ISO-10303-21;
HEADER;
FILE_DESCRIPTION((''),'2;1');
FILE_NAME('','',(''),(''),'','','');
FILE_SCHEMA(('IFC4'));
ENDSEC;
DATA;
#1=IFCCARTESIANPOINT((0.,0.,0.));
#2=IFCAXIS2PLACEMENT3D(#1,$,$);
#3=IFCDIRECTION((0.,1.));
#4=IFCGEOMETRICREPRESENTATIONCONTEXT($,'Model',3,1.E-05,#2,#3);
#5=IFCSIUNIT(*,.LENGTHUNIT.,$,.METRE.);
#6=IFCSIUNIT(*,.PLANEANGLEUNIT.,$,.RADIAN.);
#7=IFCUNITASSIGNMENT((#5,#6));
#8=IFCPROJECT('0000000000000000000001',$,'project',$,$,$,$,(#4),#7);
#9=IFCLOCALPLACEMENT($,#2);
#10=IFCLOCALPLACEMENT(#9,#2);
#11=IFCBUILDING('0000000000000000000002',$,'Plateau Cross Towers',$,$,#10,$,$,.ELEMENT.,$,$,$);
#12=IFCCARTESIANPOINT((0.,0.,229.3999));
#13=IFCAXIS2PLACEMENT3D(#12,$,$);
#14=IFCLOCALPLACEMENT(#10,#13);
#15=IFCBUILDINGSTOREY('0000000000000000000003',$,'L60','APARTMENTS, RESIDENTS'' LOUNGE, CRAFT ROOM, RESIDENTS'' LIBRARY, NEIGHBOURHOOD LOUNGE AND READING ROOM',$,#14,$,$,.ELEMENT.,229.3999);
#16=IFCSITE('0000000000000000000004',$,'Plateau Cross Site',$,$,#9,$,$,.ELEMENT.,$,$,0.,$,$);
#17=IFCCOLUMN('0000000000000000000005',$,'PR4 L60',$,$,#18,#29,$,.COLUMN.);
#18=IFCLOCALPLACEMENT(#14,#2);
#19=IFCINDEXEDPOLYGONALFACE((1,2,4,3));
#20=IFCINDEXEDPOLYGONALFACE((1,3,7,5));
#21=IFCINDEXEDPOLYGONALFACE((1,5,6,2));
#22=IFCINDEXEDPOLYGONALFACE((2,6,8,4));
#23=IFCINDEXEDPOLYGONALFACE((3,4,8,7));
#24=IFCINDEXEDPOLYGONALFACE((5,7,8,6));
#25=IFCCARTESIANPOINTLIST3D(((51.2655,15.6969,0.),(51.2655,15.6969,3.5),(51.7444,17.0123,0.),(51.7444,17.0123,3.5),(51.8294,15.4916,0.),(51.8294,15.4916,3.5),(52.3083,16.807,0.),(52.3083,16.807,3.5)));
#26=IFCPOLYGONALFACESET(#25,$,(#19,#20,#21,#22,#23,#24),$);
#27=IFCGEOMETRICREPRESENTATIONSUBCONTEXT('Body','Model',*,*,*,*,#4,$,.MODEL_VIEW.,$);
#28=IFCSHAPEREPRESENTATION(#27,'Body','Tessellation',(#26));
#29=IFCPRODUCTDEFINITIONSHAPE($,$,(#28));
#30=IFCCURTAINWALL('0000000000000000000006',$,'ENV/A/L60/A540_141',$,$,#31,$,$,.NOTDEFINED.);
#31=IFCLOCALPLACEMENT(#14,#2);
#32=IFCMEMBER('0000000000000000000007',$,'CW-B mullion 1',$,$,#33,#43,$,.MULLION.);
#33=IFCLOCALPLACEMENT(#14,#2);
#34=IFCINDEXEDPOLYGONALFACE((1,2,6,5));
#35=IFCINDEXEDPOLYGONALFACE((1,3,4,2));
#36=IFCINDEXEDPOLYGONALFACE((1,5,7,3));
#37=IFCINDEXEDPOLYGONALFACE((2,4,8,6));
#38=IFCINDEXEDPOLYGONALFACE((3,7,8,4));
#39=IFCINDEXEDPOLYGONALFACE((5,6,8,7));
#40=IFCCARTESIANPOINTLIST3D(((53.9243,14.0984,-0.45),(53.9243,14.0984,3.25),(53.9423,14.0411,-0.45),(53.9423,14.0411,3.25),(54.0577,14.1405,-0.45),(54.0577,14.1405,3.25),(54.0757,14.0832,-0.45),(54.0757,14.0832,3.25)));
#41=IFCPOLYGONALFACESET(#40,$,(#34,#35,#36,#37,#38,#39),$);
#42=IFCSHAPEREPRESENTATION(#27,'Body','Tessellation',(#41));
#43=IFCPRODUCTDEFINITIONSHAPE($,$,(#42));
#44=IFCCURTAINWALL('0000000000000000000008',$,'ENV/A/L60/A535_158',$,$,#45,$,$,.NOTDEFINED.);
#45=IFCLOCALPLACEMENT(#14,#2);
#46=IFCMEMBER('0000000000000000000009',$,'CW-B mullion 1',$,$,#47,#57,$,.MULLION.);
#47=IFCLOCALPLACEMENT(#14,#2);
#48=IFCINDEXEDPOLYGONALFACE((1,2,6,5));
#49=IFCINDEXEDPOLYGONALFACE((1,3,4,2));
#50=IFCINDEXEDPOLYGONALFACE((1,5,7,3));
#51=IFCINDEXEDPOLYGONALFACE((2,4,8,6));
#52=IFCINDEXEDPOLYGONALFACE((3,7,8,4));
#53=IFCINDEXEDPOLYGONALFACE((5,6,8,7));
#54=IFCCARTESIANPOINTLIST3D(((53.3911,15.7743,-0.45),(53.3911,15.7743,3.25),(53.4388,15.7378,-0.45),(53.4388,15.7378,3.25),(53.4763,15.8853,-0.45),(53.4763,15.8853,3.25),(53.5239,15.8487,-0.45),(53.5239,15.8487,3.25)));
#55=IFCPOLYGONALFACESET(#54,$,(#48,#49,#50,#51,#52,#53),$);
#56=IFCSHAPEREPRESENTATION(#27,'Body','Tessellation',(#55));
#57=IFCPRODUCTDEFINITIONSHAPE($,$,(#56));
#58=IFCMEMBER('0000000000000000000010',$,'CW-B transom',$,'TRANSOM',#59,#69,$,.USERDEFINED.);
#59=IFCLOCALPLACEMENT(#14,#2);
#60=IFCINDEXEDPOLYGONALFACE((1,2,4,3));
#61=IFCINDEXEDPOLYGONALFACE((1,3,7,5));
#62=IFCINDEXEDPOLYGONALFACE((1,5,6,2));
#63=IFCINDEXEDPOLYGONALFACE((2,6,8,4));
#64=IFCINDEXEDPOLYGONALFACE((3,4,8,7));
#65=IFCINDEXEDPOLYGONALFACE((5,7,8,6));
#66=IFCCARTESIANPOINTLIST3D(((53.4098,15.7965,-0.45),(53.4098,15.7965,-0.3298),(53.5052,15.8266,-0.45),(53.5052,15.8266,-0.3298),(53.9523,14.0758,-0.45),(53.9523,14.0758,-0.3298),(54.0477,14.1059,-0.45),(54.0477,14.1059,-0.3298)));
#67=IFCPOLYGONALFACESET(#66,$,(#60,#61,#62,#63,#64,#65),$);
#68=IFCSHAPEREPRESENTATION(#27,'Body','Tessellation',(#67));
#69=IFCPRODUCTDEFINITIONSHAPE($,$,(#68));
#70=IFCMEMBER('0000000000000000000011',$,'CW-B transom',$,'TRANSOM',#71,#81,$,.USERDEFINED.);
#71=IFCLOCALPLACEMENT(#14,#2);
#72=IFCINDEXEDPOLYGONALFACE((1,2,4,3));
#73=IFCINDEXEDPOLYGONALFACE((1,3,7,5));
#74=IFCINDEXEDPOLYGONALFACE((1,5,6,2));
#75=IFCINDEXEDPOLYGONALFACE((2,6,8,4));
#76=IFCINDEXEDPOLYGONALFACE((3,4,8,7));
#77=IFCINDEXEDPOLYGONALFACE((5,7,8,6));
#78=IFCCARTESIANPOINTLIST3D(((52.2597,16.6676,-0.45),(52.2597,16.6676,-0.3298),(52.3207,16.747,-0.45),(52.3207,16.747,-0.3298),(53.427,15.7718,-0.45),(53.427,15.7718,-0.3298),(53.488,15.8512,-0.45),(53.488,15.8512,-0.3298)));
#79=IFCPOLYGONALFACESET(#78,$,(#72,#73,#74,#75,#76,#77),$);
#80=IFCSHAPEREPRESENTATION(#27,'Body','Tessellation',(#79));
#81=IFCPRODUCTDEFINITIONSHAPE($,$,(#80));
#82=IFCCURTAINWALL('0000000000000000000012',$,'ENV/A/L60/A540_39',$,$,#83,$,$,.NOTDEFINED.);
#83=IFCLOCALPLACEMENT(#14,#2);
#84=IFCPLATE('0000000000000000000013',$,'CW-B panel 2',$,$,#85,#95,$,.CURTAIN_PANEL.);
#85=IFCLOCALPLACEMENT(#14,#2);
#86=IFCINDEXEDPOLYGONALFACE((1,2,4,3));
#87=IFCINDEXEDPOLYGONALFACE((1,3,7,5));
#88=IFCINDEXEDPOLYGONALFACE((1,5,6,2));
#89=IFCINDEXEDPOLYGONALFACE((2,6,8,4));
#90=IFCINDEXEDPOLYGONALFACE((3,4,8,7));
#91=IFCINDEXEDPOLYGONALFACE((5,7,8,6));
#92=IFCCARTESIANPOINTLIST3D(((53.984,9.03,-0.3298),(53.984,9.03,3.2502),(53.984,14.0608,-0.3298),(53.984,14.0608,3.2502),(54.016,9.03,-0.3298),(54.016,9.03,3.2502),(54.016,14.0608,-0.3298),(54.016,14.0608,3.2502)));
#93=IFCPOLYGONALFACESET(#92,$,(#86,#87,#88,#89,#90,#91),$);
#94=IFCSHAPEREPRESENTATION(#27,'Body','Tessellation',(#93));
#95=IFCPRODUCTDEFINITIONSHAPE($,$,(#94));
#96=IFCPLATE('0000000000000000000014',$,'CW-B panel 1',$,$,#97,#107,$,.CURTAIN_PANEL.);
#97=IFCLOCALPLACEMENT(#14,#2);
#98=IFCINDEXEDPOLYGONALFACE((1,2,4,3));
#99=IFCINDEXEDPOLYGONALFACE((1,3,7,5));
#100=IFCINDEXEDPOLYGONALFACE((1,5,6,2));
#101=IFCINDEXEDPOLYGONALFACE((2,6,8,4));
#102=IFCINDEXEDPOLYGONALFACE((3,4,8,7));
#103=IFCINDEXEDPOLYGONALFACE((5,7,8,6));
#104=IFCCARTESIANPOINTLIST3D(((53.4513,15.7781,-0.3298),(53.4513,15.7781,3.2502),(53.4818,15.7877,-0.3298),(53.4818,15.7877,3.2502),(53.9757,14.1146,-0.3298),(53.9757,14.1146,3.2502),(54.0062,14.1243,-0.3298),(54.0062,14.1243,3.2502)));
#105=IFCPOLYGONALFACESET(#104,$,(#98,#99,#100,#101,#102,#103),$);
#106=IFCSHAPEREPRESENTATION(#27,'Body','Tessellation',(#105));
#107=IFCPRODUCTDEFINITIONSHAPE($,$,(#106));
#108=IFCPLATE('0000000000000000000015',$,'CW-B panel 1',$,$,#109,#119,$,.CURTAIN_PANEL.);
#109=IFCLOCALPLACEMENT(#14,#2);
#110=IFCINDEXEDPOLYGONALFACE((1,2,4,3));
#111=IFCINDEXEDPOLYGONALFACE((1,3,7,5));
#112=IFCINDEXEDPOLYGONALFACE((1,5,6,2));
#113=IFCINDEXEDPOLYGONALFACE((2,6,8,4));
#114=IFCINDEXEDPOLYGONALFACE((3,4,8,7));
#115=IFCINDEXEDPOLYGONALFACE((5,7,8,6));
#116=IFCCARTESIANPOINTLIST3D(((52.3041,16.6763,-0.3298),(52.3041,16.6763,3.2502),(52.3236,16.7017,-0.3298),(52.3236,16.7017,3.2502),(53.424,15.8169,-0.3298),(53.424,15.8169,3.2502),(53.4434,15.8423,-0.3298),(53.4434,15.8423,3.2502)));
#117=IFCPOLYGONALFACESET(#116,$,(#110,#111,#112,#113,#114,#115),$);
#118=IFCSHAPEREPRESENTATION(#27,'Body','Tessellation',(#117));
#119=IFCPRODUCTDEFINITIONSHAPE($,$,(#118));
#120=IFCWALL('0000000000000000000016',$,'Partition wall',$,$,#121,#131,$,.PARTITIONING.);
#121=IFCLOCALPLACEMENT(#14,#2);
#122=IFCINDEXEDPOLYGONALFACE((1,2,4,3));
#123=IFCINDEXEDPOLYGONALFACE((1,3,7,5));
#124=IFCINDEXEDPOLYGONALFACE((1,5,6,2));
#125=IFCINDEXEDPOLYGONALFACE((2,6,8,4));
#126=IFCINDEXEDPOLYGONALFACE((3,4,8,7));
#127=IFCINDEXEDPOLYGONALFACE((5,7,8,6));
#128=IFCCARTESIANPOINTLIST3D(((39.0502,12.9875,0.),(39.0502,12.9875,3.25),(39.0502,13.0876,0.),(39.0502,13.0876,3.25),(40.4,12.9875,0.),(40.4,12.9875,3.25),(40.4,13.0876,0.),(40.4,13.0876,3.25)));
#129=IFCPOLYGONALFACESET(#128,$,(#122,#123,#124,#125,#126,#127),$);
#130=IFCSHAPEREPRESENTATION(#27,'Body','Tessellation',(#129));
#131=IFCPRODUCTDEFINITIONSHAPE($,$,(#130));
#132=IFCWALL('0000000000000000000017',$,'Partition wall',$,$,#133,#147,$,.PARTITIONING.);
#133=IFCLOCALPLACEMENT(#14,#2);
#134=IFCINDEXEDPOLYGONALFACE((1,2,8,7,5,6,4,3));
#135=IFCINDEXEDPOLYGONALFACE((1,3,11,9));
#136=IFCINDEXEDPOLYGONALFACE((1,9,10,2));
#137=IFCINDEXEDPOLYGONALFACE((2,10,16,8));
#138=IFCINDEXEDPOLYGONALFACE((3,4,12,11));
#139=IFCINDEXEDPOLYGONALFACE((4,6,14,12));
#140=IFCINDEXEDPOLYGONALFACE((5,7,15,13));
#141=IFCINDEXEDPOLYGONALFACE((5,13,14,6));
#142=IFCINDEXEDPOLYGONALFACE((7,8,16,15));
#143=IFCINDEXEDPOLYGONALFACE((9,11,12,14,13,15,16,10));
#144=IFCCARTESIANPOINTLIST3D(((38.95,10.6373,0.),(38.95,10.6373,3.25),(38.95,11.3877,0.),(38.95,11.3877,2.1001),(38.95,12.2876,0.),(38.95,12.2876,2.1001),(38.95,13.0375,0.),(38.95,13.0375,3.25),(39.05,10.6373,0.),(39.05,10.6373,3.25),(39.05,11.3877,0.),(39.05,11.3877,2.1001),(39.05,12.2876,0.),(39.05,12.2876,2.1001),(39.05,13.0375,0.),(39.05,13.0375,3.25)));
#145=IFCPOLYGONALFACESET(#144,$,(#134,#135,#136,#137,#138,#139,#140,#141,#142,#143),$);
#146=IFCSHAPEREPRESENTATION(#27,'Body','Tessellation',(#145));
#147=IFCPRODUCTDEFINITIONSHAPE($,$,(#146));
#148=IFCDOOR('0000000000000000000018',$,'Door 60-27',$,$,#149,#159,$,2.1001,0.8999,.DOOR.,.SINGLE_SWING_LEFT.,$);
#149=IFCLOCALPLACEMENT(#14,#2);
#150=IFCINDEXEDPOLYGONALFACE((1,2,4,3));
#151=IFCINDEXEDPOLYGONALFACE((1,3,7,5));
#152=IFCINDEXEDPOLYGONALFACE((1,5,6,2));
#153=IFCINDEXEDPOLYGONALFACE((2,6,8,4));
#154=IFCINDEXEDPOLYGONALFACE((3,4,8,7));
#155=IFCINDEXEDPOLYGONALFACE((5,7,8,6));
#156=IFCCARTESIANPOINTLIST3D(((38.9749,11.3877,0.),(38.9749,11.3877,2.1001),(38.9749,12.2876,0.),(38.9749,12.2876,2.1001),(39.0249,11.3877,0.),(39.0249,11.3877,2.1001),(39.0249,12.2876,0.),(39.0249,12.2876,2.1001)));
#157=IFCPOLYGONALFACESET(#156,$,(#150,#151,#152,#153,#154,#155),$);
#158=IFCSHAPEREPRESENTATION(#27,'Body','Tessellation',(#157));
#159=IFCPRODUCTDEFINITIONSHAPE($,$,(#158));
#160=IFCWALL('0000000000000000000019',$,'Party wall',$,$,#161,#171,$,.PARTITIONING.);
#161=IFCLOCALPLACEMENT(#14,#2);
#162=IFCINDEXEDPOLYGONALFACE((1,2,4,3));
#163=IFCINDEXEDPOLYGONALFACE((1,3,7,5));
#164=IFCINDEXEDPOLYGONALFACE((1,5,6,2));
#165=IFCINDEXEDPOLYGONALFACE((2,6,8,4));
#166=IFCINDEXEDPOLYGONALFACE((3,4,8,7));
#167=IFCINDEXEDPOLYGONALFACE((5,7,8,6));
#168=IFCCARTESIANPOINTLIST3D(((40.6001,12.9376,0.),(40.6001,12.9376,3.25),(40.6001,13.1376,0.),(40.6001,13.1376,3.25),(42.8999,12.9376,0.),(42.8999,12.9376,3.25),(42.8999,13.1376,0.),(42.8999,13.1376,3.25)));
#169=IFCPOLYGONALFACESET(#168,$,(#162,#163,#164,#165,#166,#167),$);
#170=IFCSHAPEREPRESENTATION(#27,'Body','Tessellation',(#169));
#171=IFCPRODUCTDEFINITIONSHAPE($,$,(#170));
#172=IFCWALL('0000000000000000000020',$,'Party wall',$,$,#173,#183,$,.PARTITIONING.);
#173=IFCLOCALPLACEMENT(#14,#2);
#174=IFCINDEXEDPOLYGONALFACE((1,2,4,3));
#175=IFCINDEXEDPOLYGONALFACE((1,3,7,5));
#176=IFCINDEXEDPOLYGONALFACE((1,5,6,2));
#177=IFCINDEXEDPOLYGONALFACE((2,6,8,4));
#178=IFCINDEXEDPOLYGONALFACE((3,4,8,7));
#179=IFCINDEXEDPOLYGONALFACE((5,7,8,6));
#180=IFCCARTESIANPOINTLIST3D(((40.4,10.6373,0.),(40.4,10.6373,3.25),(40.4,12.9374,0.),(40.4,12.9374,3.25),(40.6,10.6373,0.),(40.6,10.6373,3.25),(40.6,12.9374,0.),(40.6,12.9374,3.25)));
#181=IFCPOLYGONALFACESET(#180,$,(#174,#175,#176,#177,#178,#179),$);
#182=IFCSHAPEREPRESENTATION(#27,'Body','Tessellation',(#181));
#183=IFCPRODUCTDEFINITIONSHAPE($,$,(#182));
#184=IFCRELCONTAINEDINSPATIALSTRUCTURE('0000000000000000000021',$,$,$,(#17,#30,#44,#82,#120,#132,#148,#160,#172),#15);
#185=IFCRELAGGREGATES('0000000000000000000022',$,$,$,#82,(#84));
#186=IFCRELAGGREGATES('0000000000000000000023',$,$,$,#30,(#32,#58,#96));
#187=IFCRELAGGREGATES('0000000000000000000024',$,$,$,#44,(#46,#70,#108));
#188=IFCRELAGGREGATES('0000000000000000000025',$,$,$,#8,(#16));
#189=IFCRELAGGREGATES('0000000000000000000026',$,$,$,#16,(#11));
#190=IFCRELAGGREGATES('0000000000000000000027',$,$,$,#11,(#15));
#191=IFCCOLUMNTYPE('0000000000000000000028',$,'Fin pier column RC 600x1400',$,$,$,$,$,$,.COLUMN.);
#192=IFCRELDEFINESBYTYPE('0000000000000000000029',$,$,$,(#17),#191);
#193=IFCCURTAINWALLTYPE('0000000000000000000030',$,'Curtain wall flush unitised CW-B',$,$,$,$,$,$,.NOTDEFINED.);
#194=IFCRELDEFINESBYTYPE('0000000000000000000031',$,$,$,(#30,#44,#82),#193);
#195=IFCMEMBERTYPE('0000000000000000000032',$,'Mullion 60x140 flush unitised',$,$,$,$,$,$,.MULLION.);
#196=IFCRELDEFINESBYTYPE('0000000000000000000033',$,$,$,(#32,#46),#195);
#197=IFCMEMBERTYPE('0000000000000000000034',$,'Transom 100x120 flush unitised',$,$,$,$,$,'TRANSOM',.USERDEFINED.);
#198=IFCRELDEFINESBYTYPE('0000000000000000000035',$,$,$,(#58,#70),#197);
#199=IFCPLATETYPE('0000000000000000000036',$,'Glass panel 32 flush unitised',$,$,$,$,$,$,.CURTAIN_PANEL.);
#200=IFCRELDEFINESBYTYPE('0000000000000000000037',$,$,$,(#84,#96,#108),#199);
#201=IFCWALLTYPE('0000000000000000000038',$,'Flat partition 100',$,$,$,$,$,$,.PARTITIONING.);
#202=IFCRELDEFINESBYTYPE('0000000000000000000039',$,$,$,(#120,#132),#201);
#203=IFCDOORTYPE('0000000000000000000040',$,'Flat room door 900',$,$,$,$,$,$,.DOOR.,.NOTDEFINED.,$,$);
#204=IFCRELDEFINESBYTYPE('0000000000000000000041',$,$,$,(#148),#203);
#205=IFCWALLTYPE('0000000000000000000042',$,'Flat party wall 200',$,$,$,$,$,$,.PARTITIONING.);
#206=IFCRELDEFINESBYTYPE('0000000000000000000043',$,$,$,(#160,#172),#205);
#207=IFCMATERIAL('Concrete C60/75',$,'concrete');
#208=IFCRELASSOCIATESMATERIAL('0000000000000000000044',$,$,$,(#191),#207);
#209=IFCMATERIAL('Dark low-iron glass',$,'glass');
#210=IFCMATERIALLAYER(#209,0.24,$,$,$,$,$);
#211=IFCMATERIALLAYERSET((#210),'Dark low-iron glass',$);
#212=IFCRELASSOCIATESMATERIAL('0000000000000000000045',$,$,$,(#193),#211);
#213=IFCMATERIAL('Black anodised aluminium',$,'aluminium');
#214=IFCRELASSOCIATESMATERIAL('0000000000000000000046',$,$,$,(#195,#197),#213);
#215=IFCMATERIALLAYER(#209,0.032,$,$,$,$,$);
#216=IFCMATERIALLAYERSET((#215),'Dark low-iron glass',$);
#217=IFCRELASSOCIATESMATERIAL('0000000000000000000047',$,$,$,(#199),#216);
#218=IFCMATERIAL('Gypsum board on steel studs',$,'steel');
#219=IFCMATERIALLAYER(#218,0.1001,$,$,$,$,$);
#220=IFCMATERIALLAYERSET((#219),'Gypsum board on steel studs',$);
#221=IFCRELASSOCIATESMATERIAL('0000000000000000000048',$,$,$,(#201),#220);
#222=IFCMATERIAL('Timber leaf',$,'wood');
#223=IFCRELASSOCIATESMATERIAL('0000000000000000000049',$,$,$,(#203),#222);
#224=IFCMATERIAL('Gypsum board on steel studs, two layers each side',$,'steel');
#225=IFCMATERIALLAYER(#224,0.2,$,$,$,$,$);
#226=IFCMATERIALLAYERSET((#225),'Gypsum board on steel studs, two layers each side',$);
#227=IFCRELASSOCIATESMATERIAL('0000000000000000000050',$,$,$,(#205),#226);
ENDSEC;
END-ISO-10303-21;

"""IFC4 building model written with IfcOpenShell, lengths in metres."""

from ifc_helpers import new_model, si_unit, direction, frame, frame_2d, origin, origin_2d, place, context, subcontext, project, spatial, rectangle, extrude, material, layer, layer_set, material_profile, profile_set, type_object, element, fill, aggregate, save


model = new_model("IFC4")

# Units and contexts
model_context = context("Model", 3, precision=1e-05, world=origin(), true_north=direction((0.0, 1.0)))
body_context = subcontext(model_context, "Body", "Model", "MODEL_VIEW")
ifc_project = project(units=[si_unit("LENGTHUNIT", "METRE"), si_unit("PLANEANGLEUNIT", "RADIAN")], contexts=[model_context])

# Site, building, storey
site_placement = place(None, origin())
site = spatial("IfcSite", under=ifc_project, at=site_placement, Name="Plateau Cross Site", CompositionType="ELEMENT", RefElevation=0.0)
building_placement = place(site_placement, origin())
building = spatial("IfcBuilding", under=site, at=building_placement, Name="Plateau Cross Towers", CompositionType="ELEMENT")
storey_placement = place(building_placement, frame((0.0, 0.0, 229.3999)))
storey = spatial("IfcBuildingStorey", under=building, at=storey_placement, Name="L60", Description="APARTMENTS, RESIDENTS' LOUNGE, CRAFT ROOM, RESIDENTS' LIBRARY, NEIGHBOURHOOD LOUNGE AND READING ROOM", CompositionType="ELEMENT", Elevation=229.3999)

# Column
ifc_material_1 = material(Name="Concrete C60/75", Category="concrete")
ifc_material_profile_1 = material_profile(ifc_material_1, rectangle(XDim=0.6001, YDim=1.3999, at=origin_2d()), Name="RC 600x1400")
ifc_profile_set_1 = profile_set([ifc_material_profile_1], Name="Concrete C60/75")
column_type = type_object("IfcColumnType", Name="Fin pier column RC 600x1400", PredefinedType="COLUMN", material=ifc_profile_set_1)
column_placement = place(storey_placement, frame((51.7869, 16.252, 0.0), z_axis=(0.0, 0.0, 1.0), x_axis=(-0.939664, 0.342098, 0.0)))
element("IfcColumn", 1, at=column_placement, inside=storey, type_object=column_type, Name="PR4 L60", PredefinedType="COLUMN", context=body_context, shape_type="SweptSolid", body=[
    extrude(rectangle(XDim=0.6001, YDim=1.3999, at=origin_2d()), origin(), (0.0, 0.0, 1.0), 3.5),
])

# Curtain walls, members
ifc_material_2 = material(Name="Dark low-iron glass", Category="glass")
ifc_layer_1 = layer(ifc_material_2, 0.24)
ifc_layer_set_1 = layer_set([ifc_layer_1], Name="Dark low-iron glass")
curtain_wall_type = type_object("IfcCurtainWallType", Name="Curtain wall flush unitised CW-B", PredefinedType="NOTDEFINED", material=ifc_layer_set_1)
curtain_wall_1_placement = place(storey_placement, origin())
curtain_wall_1 = element("IfcCurtainWall", 2, at=curtain_wall_1_placement, inside=storey, type_object=curtain_wall_type, Name="ENV/A/L60/A540_141", PredefinedType="NOTDEFINED")
ifc_material_3 = material(Name="Black anodised aluminium", Category="aluminium")
ifc_material_profile_2 = material_profile(ifc_material_3, rectangle(XDim=0.0601, YDim=0.1399, at=origin_2d()), Name="MULLION 60x140")
ifc_profile_set_2 = profile_set([ifc_material_profile_2], Name="Black anodised aluminium")
member_type_1 = type_object("IfcMemberType", Name="Mullion 60x140 flush unitised", PredefinedType="MULLION", material=ifc_profile_set_2)
member_1_placement = place(storey_placement, frame((54.0, 14.0908, -0.45), z_axis=(0.0, 0.0, 1.0), x_axis=(-0.300686, 0.953723, 0.0)))
member_1 = element("IfcMember", 3, at=member_1_placement, type_object=member_type_1, Name="CW-B mullion 1", PredefinedType="MULLION", context=body_context, shape_type="SweptSolid", body=[
    extrude(rectangle(XDim=0.0601, YDim=0.1399, at=origin_2d()), origin(), (0.0, 0.0, 1.0), 3.7),
])
curtain_wall_2_placement = place(storey_placement, origin())
curtain_wall_2 = element("IfcCurtainWall", 4, at=curtain_wall_2_placement, inside=storey, type_object=curtain_wall_type, Name="ENV/A/L60/A535_158", PredefinedType="NOTDEFINED")
member_2_placement = place(storey_placement, frame((53.4575, 15.8115, -0.45), z_axis=(0.0, 0.0, 1.0), x_axis=(-0.793316, 0.608811, 0.0)))
member_2 = element("IfcMember", 5, at=member_2_placement, type_object=member_type_1, Name="CW-B mullion 1", PredefinedType="MULLION", context=body_context, shape_type="SweptSolid", body=[
    extrude(rectangle(XDim=0.0601, YDim=0.1399, at=origin_2d()), origin(), (0.0, 0.0, 1.0), 3.7),
])

# Members
ifc_material_profile_3 = material_profile(ifc_material_3, rectangle(XDim=0.1001, YDim=0.1201, at=origin_2d()), Name="TRANSOM 100x120")
ifc_profile_set_3 = profile_set([ifc_material_profile_3], Name="Black anodised aluminium")
member_type_2 = type_object("IfcMemberType", Name="Transom 100x120 flush unitised", ElementType="TRANSOM", PredefinedType="USERDEFINED", material=ifc_profile_set_3)
member_3_placement = place(storey_placement, frame((54.0, 14.0908, -0.3899), z_axis=(-0.300678, 0.953726, 0.0), x_axis=(-0.953726, -0.300678, 0.0)))
member_3 = element("IfcMember", 6, at=member_3_placement, type_object=member_type_2, Name="CW-B transom", ObjectType="TRANSOM", PredefinedType="USERDEFINED", context=body_context, shape_type="SweptSolid", body=[
    extrude(rectangle(XDim=0.1001, YDim=0.1201, at=origin_2d()), origin(), (0.0, 0.0, 1.0), 1.8042),
])
member_4_placement = place(storey_placement, frame((53.4575, 15.8115, -0.3899), z_axis=(-0.793321, 0.608804, 0.0), x_axis=(-0.608804, -0.793321, 0.0)))
member_4 = element("IfcMember", 7, at=member_4_placement, type_object=member_type_2, Name="CW-B transom", ObjectType="TRANSOM", PredefinedType="USERDEFINED", context=body_context, shape_type="SweptSolid", body=[
    extrude(rectangle(XDim=0.1001, YDim=0.1201, at=origin_2d()), origin(), (0.0, 0.0, 1.0), 1.4714),
])

# Curtain wall, plate
curtain_wall_3_placement = place(storey_placement, origin())
curtain_wall_3 = element("IfcCurtainWall", 8, at=curtain_wall_3_placement, inside=storey, type_object=curtain_wall_type, Name="ENV/A/L60/A540_39", PredefinedType="NOTDEFINED")
ifc_layer_2 = layer(ifc_material_2, 0.032)
ifc_layer_set_2 = layer_set([ifc_layer_2], Name="Dark low-iron glass")
plate_type = type_object("IfcPlateType", Name="Glass panel 32 flush unitised", PredefinedType="CURTAIN_PANEL", material=ifc_layer_set_2)
plate_1_placement = place(storey_placement, frame((54.0, 11.5454, -0.3298), z_axis=(0.0, 0.0, 1.0), x_axis=(0.0, 1.0, 0.0)))
plate_1 = element("IfcPlate", 9, at=plate_1_placement, type_object=plate_type, Name="CW-B panel 2", PredefinedType="CURTAIN_PANEL", context=body_context, shape_type="SweptSolid", body=[
    extrude(rectangle(XDim=5.0308, YDim=0.032, at=origin_2d()), origin(), (0.0, 0.0, 1.0), 3.5801),
])
aggregate(curtain_wall_3, [plate_1])

# Plates
plate_2_placement = place(storey_placement, frame((53.7288, 14.9512, -0.3298), z_axis=(0.0, 0.0, 1.0), x_axis=(-0.300686, 0.953723, 0.0)))
plate_2 = element("IfcPlate", 10, at=plate_2_placement, type_object=plate_type, Name="CW-B panel 1", PredefinedType="CURTAIN_PANEL", context=body_context, shape_type="SweptSolid", body=[
    extrude(rectangle(XDim=1.7441, YDim=0.032, at=origin_2d()), origin(), (0.0, 0.0, 1.0), 3.5801),
])
aggregate(curtain_wall_1, [member_1, member_3, plate_2])
plate_3_placement = place(storey_placement, frame((52.8738, 16.2593, -0.3298), z_axis=(0.0, 0.0, 1.0), x_axis=(-0.793316, 0.608811, 0.0)))
plate_3 = element("IfcPlate", 11, at=plate_3_placement, type_object=plate_type, Name="CW-B panel 1", PredefinedType="CURTAIN_PANEL", context=body_context, shape_type="SweptSolid", body=[
    extrude(rectangle(XDim=1.4116, YDim=0.032, at=origin_2d()), origin(), (0.0, 0.0, 1.0), 3.5801),
])
aggregate(curtain_wall_2, [member_2, member_4, plate_3])

# Wall
ifc_material_4 = material(Name="Gypsum board on steel studs", Category="steel")
ifc_layer_3 = layer(ifc_material_4, 0.1001)
ifc_layer_set_3 = layer_set([ifc_layer_3], Name="Gypsum board on steel studs")
wall_type_1 = type_object("IfcWallType", Name="Flat partition 100", PredefinedType="PARTITIONING", material=ifc_layer_set_3)
wall_1_placement = place(storey_placement, frame((40.3999, 13.0376, 0.0), z_axis=(0.0, 0.0, 1.0), x_axis=(-1.0, 0.0, 0.0)))
element("IfcWall", 12, at=wall_1_placement, inside=storey, type_object=wall_type_1, Name="Partition wall", PredefinedType="PARTITIONING", context=body_context, shape_type="SweptSolid", body=[
    extrude(rectangle(XDim=1.3499, YDim=0.1001, at=frame_2d((0.6748, 0.0))), origin(), (0.0, 0.0, 1.0), 3.25),
])

# Wall, opening, door
wall_2_placement = place(storey_placement, frame((39.0, 13.0376, 0.0), z_axis=(0.0, 0.0, 1.0), x_axis=(0.0, -1.0, 0.0)))
wall_2 = element("IfcWall", 13, at=wall_2_placement, inside=storey, type_object=wall_type_1, Name="Partition wall", PredefinedType="PARTITIONING", context=body_context, shape_type="SweptSolid", body=[
    extrude(rectangle(XDim=2.4001, YDim=0.1001, at=frame_2d((1.2002, 0.0))), origin(), (0.0, 0.0, 1.0), 3.25),
])
opening_1_placement = place(wall_2_placement, frame((0.75, 0.0, 0.0)))
opening_1 = element("IfcOpeningElement", 14, at=opening_1_placement, cuts=wall_2, PredefinedType="OPENING", context=body_context, shape_type="SweptSolid", body=[
    extrude(rectangle(XDim=0.8999, YDim=2.1001, at=frame_2d((0.45, 1.05))), frame((0.0, 0.0601, 0.0), z_axis=(0.0, -1.0, 0.0), x_axis=(1.0, 0.0, 0.0)), (0.0, 0.0, 1.0), 0.1201),
])
ifc_material_5 = material(Name="Timber leaf", Category="wood")
door_type_1 = type_object("IfcDoorType", Name="Flat room door 900", OperationType="NOTDEFINED", PredefinedType="DOOR", material=ifc_material_5)
door_1_placement = place(opening_1_placement, origin())
door_1 = element("IfcDoor", 15, at=door_1_placement, inside=storey, type_object=door_type_1, Name="Door 60-27", OperationType="SINGLE_SWING_LEFT", OverallHeight=2.1001, OverallWidth=0.8999, PredefinedType="DOOR", context=body_context, shape_type="SweptSolid", body=[
    extrude(rectangle(XDim=0.8999, YDim=2.1001, at=frame_2d((0.45, 1.05))), frame((0.0, 0.0249, 0.0), z_axis=(0.0, -1.0, 0.0), x_axis=(1.0, 0.0, 0.0)), (0.0, 0.0, 1.0), 0.05),
])
fill(opening_1, door_1)

# Walls
ifc_material_6 = material(Name="Gypsum board on steel studs, two layers each side", Category="steel")
ifc_layer_4 = layer(ifc_material_6, 0.2)
ifc_layer_set_4 = layer_set([ifc_layer_4], Name="Gypsum board on steel studs, two layers each side")
wall_type_2 = type_object("IfcWallType", Name="Flat party wall 200", PredefinedType="PARTITIONING", material=ifc_layer_set_4)
wall_3_placement = place(storey_placement, frame((42.8999, 13.0376, 0.0), z_axis=(0.0, 0.0, 1.0), x_axis=(-1.0, 0.0, 0.0)))
element("IfcWall", 16, at=wall_3_placement, inside=storey, type_object=wall_type_2, Name="Party wall", PredefinedType="PARTITIONING", context=body_context, shape_type="SweptSolid", body=[
    extrude(rectangle(XDim=2.2998, YDim=0.2, at=frame_2d((1.1499, 0.0))), origin(), (0.0, 0.0, 1.0), 3.25),
])
for number, where, z_axis, x_axis, name in (
    (17, (40.5, 10.6375, 0.0), (0.0, 0.0, 1.0), (0.0, 1.0, 0.0), "Party wall"),
):
    element("IfcWall", number, at=place(storey_placement, frame(where, z_axis=z_axis, x_axis=x_axis)), inside=storey, type_object=wall_type_2, Name=name, PredefinedType="PARTITIONING", context=body_context, shape_type="SweptSolid", body=[
        extrude(rectangle(XDim=2.3, YDim=0.2, at=frame_2d((1.1499, 0.0))), origin(), (0.0, 0.0, 1.0), 3.25),
    ])

save(model, "model.ifc")
